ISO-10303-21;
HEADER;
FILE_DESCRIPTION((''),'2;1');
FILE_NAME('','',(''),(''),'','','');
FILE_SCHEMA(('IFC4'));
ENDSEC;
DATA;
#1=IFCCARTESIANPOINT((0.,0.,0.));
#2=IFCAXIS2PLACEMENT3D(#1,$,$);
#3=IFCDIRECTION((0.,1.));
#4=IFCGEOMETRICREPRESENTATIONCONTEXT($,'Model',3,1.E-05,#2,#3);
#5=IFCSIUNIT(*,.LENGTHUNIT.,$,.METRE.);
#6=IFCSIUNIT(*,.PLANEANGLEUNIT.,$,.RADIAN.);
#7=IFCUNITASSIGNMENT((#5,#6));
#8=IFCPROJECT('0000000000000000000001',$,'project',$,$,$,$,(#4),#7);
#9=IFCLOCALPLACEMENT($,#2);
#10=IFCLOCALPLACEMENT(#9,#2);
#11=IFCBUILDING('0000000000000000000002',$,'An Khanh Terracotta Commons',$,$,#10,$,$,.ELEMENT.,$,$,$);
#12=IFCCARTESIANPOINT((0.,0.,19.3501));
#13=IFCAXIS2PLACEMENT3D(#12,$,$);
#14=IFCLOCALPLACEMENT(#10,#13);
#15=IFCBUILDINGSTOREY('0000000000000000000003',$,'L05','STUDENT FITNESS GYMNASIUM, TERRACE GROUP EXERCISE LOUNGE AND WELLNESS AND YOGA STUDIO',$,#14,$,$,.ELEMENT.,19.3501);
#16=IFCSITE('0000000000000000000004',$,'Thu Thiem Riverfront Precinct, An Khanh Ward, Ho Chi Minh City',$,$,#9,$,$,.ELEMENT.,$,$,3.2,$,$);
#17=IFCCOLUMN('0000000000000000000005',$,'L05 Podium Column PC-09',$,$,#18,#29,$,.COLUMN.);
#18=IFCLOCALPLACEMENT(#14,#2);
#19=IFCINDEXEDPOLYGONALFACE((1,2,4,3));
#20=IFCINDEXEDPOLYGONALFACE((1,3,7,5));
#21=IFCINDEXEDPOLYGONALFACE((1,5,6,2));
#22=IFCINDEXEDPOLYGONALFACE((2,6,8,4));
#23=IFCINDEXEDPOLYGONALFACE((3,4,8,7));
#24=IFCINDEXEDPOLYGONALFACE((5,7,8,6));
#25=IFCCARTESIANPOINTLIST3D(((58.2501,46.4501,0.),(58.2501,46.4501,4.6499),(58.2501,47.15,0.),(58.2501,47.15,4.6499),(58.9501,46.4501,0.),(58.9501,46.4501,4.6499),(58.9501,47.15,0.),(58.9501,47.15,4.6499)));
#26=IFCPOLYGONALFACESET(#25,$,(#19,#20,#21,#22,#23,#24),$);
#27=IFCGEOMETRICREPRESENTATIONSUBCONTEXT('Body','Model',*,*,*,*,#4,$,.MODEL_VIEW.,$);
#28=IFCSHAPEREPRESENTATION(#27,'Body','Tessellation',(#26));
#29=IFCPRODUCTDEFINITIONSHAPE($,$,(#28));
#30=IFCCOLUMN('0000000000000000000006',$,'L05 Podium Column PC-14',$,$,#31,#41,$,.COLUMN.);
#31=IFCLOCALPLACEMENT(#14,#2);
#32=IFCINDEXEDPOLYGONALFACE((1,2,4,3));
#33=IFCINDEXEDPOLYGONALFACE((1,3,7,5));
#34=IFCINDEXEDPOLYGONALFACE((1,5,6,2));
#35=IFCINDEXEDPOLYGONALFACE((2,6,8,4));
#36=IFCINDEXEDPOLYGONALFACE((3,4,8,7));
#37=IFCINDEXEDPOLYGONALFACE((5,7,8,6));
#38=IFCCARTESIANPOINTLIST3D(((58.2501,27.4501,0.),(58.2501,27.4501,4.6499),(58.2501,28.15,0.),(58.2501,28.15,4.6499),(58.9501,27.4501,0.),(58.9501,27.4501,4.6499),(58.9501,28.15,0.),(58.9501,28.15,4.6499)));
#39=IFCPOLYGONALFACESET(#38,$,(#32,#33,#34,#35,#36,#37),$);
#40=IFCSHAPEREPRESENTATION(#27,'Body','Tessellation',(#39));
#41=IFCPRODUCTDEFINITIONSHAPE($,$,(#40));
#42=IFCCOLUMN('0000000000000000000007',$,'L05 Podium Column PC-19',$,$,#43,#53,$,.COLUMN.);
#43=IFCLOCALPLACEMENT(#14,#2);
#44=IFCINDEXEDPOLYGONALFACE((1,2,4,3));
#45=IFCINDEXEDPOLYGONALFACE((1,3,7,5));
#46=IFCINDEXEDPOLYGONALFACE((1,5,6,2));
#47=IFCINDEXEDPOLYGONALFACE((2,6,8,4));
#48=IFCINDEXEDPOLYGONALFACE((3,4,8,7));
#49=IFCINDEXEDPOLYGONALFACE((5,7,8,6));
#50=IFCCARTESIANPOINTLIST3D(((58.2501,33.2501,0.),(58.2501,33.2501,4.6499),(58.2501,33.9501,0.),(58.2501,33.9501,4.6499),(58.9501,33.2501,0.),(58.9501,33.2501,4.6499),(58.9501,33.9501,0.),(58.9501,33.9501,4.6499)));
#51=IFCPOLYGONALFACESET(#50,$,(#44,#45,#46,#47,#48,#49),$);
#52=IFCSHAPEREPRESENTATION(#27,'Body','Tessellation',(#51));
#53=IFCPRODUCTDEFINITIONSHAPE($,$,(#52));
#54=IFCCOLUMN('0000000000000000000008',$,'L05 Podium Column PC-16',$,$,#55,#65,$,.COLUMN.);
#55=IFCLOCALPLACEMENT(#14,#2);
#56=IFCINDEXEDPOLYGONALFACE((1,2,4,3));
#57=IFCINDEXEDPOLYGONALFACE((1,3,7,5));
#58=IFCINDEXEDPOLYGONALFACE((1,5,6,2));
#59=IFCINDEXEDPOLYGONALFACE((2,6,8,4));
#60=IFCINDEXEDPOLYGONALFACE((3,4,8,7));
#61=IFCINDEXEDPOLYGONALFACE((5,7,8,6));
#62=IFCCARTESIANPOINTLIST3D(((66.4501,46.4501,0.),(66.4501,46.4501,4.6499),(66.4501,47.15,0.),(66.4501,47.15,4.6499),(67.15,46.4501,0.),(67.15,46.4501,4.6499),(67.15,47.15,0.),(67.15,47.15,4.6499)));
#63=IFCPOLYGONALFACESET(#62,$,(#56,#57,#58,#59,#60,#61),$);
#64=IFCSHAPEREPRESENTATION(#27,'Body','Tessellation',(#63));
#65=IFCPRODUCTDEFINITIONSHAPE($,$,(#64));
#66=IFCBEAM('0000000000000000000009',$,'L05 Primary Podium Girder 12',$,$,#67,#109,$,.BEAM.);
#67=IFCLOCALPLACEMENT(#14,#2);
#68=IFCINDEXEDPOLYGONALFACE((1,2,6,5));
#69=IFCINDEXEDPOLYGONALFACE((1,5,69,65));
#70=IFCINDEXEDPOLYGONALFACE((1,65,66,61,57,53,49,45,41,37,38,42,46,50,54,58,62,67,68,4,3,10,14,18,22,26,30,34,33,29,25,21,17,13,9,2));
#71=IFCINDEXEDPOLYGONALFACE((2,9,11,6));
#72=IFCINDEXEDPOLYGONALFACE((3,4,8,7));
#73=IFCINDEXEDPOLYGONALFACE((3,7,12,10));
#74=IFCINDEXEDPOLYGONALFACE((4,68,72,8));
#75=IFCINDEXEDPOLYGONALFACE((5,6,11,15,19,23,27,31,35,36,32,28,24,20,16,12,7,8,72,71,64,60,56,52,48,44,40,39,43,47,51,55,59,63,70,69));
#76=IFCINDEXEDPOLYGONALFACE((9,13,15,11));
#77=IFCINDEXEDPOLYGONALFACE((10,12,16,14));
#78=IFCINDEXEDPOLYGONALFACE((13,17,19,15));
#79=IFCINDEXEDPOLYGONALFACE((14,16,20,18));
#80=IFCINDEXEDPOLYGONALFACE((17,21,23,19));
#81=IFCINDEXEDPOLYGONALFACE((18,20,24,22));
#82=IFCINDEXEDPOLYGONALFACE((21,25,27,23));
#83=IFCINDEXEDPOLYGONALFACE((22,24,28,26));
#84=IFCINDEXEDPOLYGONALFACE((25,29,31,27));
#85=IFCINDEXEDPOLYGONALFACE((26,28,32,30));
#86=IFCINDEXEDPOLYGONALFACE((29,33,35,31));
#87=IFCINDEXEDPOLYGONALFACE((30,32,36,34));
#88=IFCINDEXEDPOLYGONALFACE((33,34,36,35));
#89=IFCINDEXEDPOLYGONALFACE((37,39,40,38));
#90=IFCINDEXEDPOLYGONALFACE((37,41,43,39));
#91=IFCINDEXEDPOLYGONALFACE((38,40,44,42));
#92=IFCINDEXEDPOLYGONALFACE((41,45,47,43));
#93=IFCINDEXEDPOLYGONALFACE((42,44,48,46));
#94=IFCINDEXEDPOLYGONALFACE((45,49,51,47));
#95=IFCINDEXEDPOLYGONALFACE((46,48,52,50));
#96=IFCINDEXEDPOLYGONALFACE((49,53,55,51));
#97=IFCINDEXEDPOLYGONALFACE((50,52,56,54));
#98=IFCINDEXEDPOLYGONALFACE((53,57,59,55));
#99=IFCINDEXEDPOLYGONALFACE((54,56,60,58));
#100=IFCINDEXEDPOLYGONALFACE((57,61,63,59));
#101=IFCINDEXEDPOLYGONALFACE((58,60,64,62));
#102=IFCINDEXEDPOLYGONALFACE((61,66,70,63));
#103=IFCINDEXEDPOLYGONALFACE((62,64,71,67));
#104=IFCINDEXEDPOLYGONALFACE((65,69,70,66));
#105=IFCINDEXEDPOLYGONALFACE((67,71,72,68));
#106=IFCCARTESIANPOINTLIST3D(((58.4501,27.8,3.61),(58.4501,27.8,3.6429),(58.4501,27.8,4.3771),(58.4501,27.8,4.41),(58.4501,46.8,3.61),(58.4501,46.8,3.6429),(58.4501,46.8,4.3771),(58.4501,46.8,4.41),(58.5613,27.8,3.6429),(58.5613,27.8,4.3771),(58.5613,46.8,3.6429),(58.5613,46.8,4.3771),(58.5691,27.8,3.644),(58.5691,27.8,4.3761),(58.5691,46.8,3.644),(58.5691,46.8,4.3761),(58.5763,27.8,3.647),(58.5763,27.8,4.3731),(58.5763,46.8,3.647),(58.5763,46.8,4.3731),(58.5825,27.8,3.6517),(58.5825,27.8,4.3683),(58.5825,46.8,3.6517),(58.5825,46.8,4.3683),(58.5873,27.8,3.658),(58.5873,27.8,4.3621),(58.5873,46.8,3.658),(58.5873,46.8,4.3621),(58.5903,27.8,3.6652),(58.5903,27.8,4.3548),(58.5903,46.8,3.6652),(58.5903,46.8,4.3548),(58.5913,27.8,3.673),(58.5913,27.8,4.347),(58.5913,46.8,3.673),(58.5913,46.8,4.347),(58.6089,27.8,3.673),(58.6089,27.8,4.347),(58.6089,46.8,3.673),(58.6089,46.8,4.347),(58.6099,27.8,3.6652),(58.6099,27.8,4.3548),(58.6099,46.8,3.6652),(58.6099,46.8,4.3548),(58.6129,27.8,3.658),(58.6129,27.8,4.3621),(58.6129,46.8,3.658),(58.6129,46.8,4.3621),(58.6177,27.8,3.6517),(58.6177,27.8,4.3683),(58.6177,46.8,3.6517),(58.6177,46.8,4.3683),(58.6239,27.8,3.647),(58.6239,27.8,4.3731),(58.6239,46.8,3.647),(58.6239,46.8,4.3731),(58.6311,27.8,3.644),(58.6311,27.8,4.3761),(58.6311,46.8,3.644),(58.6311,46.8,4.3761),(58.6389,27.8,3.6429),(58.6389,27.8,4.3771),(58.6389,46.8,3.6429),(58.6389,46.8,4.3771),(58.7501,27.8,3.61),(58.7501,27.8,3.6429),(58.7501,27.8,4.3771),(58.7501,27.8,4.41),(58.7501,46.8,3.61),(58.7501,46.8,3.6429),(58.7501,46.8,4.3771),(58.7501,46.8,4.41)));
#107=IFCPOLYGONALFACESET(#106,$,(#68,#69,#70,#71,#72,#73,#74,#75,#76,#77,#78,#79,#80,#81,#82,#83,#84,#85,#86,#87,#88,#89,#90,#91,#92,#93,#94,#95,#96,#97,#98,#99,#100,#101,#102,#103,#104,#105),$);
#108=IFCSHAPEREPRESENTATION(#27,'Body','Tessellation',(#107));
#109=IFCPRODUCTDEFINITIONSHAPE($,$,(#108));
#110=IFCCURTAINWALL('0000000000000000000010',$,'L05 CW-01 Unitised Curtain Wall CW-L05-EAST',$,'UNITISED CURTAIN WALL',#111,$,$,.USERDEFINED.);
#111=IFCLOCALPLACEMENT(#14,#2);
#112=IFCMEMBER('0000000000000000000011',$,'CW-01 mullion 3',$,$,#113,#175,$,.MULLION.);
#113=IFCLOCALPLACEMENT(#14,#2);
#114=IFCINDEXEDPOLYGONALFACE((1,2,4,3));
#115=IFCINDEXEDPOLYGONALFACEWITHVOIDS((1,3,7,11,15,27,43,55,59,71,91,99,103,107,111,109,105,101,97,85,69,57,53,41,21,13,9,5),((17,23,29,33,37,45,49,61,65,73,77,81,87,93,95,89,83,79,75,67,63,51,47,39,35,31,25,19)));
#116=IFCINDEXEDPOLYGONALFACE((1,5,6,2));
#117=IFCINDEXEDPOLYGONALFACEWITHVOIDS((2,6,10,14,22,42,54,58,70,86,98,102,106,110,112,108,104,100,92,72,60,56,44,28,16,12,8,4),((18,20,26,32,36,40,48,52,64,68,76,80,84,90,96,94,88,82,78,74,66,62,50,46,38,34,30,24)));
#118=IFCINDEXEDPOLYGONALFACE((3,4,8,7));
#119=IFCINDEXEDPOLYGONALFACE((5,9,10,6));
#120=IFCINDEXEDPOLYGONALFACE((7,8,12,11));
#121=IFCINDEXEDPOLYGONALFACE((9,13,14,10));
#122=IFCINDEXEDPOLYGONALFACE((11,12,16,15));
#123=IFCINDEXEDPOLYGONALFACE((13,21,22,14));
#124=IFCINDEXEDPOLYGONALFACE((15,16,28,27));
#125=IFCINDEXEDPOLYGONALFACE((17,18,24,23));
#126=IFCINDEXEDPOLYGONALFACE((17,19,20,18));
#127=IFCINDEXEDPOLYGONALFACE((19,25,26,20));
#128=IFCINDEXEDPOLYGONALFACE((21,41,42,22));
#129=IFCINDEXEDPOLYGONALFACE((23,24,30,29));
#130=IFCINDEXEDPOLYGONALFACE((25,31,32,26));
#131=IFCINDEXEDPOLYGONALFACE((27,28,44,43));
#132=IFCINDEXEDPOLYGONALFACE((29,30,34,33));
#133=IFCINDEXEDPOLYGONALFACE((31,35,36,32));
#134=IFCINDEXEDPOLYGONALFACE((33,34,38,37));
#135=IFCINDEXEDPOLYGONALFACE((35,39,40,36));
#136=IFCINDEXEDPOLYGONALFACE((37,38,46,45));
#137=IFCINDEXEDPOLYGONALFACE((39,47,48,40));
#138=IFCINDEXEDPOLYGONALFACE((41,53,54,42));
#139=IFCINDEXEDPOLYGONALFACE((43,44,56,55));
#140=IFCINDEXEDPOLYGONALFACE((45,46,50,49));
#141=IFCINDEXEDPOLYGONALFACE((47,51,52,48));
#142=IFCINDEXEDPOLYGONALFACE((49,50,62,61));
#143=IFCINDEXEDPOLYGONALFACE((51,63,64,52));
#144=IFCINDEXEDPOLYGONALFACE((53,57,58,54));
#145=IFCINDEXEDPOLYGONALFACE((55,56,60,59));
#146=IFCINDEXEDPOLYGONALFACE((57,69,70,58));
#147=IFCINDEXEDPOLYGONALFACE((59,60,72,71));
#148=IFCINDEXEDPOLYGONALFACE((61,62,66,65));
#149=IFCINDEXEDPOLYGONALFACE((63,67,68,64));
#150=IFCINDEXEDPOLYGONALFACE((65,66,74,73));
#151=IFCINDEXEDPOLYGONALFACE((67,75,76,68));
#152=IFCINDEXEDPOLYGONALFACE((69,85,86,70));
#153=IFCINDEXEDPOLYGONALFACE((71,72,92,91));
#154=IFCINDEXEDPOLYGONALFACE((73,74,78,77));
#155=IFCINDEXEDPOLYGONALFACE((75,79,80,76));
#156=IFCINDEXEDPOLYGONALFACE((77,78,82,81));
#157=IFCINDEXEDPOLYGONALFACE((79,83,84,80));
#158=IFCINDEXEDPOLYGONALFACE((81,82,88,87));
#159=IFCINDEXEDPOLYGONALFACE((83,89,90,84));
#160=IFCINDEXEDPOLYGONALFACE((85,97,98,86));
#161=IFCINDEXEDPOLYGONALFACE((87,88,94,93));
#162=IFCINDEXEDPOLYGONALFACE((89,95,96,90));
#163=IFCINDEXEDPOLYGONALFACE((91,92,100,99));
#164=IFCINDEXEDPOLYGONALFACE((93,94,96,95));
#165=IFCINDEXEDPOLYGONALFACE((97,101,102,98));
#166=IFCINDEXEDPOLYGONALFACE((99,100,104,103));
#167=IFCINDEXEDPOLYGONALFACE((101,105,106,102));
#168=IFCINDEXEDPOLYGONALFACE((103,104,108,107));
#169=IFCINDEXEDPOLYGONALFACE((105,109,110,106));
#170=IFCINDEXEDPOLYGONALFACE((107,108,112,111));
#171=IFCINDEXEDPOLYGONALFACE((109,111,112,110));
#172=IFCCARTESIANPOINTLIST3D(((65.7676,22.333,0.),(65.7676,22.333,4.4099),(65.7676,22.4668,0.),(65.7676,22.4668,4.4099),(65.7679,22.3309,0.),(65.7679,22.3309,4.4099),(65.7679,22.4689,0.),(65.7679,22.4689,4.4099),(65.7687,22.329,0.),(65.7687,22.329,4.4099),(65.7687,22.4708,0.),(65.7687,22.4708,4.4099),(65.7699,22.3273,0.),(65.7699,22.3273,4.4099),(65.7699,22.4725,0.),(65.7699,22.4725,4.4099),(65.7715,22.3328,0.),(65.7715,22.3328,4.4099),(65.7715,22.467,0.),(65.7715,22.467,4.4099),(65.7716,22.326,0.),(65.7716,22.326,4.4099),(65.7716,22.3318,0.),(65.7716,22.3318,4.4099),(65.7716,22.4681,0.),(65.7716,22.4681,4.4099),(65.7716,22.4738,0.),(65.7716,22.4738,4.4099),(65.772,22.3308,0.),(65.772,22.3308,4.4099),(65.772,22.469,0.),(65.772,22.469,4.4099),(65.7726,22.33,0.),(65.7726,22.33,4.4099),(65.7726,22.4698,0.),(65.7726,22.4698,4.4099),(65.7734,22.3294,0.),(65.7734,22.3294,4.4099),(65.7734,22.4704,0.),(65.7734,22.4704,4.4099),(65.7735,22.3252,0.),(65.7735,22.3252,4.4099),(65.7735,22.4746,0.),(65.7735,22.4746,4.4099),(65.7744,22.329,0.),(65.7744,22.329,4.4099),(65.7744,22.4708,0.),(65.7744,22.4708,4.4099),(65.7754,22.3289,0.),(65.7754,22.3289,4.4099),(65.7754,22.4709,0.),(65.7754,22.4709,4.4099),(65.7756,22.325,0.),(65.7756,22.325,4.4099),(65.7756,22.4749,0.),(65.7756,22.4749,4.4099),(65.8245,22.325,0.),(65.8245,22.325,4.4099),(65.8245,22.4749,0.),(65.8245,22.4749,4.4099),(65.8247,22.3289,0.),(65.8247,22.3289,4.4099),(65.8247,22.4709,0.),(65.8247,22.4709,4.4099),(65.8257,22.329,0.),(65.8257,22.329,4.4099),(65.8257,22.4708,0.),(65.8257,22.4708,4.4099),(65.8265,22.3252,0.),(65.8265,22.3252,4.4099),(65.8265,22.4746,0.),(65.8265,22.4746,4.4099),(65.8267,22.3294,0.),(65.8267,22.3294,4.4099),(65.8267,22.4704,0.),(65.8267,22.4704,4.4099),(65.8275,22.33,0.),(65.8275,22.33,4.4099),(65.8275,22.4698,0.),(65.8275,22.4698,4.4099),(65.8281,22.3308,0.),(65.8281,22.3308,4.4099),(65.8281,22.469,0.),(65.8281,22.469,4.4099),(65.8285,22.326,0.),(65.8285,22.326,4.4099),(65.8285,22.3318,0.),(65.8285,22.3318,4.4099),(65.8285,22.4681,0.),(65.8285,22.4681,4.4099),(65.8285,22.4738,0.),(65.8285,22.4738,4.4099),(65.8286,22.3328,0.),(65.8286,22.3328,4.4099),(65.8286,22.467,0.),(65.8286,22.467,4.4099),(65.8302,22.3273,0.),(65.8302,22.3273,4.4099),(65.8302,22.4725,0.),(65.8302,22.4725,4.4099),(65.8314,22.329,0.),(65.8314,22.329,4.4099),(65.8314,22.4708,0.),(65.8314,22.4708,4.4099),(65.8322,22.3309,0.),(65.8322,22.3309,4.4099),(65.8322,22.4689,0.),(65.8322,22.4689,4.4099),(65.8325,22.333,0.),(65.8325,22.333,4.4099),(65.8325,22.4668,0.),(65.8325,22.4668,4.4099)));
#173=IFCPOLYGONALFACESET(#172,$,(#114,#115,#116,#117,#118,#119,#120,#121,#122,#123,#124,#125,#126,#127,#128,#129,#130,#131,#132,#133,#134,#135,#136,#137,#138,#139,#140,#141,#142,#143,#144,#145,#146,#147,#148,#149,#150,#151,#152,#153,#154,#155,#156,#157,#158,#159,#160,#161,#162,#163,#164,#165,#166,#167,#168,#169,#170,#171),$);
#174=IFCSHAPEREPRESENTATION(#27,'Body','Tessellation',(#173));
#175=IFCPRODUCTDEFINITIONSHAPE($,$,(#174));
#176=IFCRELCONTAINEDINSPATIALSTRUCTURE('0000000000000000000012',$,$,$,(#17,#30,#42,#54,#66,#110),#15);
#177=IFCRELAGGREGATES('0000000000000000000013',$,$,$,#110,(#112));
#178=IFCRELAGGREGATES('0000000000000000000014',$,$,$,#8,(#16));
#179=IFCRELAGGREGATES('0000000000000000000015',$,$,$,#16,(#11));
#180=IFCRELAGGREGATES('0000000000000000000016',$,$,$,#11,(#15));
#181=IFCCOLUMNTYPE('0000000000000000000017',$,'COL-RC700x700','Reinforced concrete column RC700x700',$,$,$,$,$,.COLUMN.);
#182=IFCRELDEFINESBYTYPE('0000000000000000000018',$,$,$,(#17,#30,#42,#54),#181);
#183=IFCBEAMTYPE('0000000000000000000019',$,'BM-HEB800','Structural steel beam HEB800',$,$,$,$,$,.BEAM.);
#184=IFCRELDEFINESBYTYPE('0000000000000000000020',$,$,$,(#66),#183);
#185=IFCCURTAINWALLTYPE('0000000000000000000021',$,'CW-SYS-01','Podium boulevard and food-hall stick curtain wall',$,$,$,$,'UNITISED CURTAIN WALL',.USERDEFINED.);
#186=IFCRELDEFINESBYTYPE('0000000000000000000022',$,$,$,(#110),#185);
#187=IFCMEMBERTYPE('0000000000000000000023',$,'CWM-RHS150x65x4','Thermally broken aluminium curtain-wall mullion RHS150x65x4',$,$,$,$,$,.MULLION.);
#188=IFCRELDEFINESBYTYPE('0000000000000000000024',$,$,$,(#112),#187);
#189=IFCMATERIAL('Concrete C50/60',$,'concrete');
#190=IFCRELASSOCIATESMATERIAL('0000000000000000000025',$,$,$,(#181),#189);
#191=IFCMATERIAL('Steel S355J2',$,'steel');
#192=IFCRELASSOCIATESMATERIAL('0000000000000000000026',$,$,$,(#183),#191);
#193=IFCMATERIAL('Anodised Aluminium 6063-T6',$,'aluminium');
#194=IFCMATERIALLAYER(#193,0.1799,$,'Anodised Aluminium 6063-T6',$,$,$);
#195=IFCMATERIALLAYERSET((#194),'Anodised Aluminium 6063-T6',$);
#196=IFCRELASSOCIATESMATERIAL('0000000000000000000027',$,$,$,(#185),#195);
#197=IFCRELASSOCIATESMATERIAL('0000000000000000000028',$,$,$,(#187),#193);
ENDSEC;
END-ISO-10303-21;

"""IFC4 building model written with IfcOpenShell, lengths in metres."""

from ifc_helpers import new_model, si_unit, direction, frame, origin, origin_2d, place, context, subcontext, project, spatial, rectangle, hollow_rectangle, i_section, extrude, material, layer, layer_set, material_profile, profile_set, type_object, element, aggregate, save


model = new_model("IFC4")

# Units and contexts
model_context = context("Model", 3, precision=1e-05, world=origin(), true_north=direction((0.0, 1.0)))
body_context = subcontext(model_context, "Body", "Model", "MODEL_VIEW")
ifc_project = project(units=[si_unit("LENGTHUNIT", "METRE"), si_unit("PLANEANGLEUNIT", "RADIAN")], contexts=[model_context])

# Site, building, storey
site_placement = place(None, origin())
site = spatial("IfcSite", under=ifc_project, at=site_placement, Name="Thu Thiem Riverfront Precinct, An Khanh Ward, Ho Chi Minh City", CompositionType="ELEMENT", RefElevation=3.2)
building_placement = place(site_placement, origin())
building = spatial("IfcBuilding", under=site, at=building_placement, Name="An Khanh Terracotta Commons", CompositionType="ELEMENT")
storey_placement = place(building_placement, frame((0.0, 0.0, 19.3501)))
storey = spatial("IfcBuildingStorey", under=building, at=storey_placement, Name="L05", Description="STUDENT FITNESS GYMNASIUM, TERRACE GROUP EXERCISE LOUNGE AND WELLNESS AND YOGA STUDIO", CompositionType="ELEMENT", Elevation=19.3501)

# Columns
ifc_material_1 = material(Name="Concrete C50/60", Category="concrete")
ifc_material_profile_1 = material_profile(ifc_material_1, rectangle(XDim=0.7, YDim=0.7, at=origin_2d()), Name="RC700x700")
ifc_profile_set_1 = profile_set([ifc_material_profile_1], Name="Concrete C50/60")
column_type = type_object("IfcColumnType", Name="COL-RC700x700", Description="Reinforced concrete column RC700x700", PredefinedType="COLUMN", material=ifc_profile_set_1)
for number, where, z_axis, x_axis, name in (
    (1, (58.6001, 46.8, 0.0), (0.0, 0.0, 1.0), (1.0, 0.0, 0.0), "L05 Podium Column PC-09"),
    (2, (58.6001, 27.8, 0.0), (0.0, 0.0, 1.0), (1.0, 0.0, 0.0), "L05 Podium Column PC-14"),
    (3, (58.6001, 33.6001, 0.0), (0.0, 0.0, 1.0), (1.0, 0.0, 0.0), "L05 Podium Column PC-19"),
    (4, (66.8, 46.8, 0.0), (0.0, 0.0, 1.0), (1.0, 0.0, 0.0), "L05 Podium Column PC-16"),
):
    element("IfcColumn", number, at=place(storey_placement, frame(where, z_axis=z_axis, x_axis=x_axis)), inside=storey, type_object=column_type, Name=name, PredefinedType="COLUMN", context=body_context, shape_type="SweptSolid", body=[
        extrude(rectangle(XDim=0.7, YDim=0.7, at=origin_2d()), origin(), (0.0, 0.0, 1.0), 4.6499),
    ])

# Beam
ifc_material_2 = material(Name="Steel S355J2", Category="steel")
ifc_material_profile_2 = material_profile(ifc_material_2, i_section(OverallWidth=0.3, OverallDepth=0.8, WebThickness=0.0176, FlangeThickness=0.033, FilletRadius=0.03, at=origin_2d()), Name="HEB800")
ifc_profile_set_2 = profile_set([ifc_material_profile_2], Name="Steel S355J2")
beam_type = type_object("IfcBeamType", Name="BM-HEB800", Description="Structural steel beam HEB800", PredefinedType="BEAM", material=ifc_profile_set_2)
beam_placement = place(storey_placement, frame((58.6001, 27.8, 4.01), z_axis=(0.0, 1.0, 0.0), x_axis=(-1.0, 0.0, 0.0)))
element("IfcBeam", 5, at=beam_placement, inside=storey, type_object=beam_type, Name="L05 Primary Podium Girder 12", PredefinedType="BEAM", context=body_context, shape_type="SweptSolid", body=[
    extrude(i_section(OverallWidth=0.3, OverallDepth=0.8, WebThickness=0.0176, FlangeThickness=0.033, FilletRadius=0.03, at=origin_2d()), origin(), (0.0, 0.0, 1.0), 19.0),
])

# Curtain wall, member
ifc_material_3 = material(Name="Anodised Aluminium 6063-T6", Category="aluminium")
ifc_layer_1 = layer(ifc_material_3, 0.1799, Name="Anodised Aluminium 6063-T6")
ifc_layer_set_1 = layer_set([ifc_layer_1], Name="Anodised Aluminium 6063-T6")
curtain_wall_type = type_object("IfcCurtainWallType", Name="CW-SYS-01", Description="Podium boulevard and food-hall stick curtain wall", ElementType="UNITISED CURTAIN WALL", PredefinedType="USERDEFINED", material=ifc_layer_set_1)
curtain_wall_placement = place(storey_placement, origin())
curtain_wall = element("IfcCurtainWall", 6, at=curtain_wall_placement, inside=storey, type_object=curtain_wall_type, Name="L05 CW-01 Unitised Curtain Wall CW-L05-EAST", ObjectType="UNITISED CURTAIN WALL", PredefinedType="USERDEFINED")
ifc_material_profile_3 = material_profile(ifc_material_3, hollow_rectangle(XDim=0.0649, YDim=0.1499, WallThickness=0.0039, InnerFilletRadius=0.0039, OuterFilletRadius=0.0081, at=origin_2d()), Name="RHS150x65x4")
ifc_profile_set_3 = profile_set([ifc_material_profile_3], Name="Anodised Aluminium 6063-T6")
member_type_1 = type_object("IfcMemberType", Name="CWM-RHS150x65x4", Description="Thermally broken aluminium curtain-wall mullion RHS150x65x4", PredefinedType="MULLION", material=ifc_profile_set_3)
member_1_placement = place(storey_placement, frame((65.8, 22.3999, 0.0), z_axis=(0.0, 0.0, 1.0), x_axis=(-1.0, 0.0, 0.0)))
member_1 = element("IfcMember", 7, at=member_1_placement, type_object=member_type_1, Name="CW-01 mullion 3", PredefinedType="MULLION", context=body_context, shape_type="SweptSolid", body=[
    extrude(hollow_rectangle(XDim=0.0649, YDim=0.1499, WallThickness=0.0039, InnerFilletRadius=0.0039, OuterFilletRadius=0.0081, at=origin_2d()), origin(), (0.0, 0.0, 1.0), 4.4099),
])
aggregate(curtain_wall, [member_1])

save(model, "model.ifc")
